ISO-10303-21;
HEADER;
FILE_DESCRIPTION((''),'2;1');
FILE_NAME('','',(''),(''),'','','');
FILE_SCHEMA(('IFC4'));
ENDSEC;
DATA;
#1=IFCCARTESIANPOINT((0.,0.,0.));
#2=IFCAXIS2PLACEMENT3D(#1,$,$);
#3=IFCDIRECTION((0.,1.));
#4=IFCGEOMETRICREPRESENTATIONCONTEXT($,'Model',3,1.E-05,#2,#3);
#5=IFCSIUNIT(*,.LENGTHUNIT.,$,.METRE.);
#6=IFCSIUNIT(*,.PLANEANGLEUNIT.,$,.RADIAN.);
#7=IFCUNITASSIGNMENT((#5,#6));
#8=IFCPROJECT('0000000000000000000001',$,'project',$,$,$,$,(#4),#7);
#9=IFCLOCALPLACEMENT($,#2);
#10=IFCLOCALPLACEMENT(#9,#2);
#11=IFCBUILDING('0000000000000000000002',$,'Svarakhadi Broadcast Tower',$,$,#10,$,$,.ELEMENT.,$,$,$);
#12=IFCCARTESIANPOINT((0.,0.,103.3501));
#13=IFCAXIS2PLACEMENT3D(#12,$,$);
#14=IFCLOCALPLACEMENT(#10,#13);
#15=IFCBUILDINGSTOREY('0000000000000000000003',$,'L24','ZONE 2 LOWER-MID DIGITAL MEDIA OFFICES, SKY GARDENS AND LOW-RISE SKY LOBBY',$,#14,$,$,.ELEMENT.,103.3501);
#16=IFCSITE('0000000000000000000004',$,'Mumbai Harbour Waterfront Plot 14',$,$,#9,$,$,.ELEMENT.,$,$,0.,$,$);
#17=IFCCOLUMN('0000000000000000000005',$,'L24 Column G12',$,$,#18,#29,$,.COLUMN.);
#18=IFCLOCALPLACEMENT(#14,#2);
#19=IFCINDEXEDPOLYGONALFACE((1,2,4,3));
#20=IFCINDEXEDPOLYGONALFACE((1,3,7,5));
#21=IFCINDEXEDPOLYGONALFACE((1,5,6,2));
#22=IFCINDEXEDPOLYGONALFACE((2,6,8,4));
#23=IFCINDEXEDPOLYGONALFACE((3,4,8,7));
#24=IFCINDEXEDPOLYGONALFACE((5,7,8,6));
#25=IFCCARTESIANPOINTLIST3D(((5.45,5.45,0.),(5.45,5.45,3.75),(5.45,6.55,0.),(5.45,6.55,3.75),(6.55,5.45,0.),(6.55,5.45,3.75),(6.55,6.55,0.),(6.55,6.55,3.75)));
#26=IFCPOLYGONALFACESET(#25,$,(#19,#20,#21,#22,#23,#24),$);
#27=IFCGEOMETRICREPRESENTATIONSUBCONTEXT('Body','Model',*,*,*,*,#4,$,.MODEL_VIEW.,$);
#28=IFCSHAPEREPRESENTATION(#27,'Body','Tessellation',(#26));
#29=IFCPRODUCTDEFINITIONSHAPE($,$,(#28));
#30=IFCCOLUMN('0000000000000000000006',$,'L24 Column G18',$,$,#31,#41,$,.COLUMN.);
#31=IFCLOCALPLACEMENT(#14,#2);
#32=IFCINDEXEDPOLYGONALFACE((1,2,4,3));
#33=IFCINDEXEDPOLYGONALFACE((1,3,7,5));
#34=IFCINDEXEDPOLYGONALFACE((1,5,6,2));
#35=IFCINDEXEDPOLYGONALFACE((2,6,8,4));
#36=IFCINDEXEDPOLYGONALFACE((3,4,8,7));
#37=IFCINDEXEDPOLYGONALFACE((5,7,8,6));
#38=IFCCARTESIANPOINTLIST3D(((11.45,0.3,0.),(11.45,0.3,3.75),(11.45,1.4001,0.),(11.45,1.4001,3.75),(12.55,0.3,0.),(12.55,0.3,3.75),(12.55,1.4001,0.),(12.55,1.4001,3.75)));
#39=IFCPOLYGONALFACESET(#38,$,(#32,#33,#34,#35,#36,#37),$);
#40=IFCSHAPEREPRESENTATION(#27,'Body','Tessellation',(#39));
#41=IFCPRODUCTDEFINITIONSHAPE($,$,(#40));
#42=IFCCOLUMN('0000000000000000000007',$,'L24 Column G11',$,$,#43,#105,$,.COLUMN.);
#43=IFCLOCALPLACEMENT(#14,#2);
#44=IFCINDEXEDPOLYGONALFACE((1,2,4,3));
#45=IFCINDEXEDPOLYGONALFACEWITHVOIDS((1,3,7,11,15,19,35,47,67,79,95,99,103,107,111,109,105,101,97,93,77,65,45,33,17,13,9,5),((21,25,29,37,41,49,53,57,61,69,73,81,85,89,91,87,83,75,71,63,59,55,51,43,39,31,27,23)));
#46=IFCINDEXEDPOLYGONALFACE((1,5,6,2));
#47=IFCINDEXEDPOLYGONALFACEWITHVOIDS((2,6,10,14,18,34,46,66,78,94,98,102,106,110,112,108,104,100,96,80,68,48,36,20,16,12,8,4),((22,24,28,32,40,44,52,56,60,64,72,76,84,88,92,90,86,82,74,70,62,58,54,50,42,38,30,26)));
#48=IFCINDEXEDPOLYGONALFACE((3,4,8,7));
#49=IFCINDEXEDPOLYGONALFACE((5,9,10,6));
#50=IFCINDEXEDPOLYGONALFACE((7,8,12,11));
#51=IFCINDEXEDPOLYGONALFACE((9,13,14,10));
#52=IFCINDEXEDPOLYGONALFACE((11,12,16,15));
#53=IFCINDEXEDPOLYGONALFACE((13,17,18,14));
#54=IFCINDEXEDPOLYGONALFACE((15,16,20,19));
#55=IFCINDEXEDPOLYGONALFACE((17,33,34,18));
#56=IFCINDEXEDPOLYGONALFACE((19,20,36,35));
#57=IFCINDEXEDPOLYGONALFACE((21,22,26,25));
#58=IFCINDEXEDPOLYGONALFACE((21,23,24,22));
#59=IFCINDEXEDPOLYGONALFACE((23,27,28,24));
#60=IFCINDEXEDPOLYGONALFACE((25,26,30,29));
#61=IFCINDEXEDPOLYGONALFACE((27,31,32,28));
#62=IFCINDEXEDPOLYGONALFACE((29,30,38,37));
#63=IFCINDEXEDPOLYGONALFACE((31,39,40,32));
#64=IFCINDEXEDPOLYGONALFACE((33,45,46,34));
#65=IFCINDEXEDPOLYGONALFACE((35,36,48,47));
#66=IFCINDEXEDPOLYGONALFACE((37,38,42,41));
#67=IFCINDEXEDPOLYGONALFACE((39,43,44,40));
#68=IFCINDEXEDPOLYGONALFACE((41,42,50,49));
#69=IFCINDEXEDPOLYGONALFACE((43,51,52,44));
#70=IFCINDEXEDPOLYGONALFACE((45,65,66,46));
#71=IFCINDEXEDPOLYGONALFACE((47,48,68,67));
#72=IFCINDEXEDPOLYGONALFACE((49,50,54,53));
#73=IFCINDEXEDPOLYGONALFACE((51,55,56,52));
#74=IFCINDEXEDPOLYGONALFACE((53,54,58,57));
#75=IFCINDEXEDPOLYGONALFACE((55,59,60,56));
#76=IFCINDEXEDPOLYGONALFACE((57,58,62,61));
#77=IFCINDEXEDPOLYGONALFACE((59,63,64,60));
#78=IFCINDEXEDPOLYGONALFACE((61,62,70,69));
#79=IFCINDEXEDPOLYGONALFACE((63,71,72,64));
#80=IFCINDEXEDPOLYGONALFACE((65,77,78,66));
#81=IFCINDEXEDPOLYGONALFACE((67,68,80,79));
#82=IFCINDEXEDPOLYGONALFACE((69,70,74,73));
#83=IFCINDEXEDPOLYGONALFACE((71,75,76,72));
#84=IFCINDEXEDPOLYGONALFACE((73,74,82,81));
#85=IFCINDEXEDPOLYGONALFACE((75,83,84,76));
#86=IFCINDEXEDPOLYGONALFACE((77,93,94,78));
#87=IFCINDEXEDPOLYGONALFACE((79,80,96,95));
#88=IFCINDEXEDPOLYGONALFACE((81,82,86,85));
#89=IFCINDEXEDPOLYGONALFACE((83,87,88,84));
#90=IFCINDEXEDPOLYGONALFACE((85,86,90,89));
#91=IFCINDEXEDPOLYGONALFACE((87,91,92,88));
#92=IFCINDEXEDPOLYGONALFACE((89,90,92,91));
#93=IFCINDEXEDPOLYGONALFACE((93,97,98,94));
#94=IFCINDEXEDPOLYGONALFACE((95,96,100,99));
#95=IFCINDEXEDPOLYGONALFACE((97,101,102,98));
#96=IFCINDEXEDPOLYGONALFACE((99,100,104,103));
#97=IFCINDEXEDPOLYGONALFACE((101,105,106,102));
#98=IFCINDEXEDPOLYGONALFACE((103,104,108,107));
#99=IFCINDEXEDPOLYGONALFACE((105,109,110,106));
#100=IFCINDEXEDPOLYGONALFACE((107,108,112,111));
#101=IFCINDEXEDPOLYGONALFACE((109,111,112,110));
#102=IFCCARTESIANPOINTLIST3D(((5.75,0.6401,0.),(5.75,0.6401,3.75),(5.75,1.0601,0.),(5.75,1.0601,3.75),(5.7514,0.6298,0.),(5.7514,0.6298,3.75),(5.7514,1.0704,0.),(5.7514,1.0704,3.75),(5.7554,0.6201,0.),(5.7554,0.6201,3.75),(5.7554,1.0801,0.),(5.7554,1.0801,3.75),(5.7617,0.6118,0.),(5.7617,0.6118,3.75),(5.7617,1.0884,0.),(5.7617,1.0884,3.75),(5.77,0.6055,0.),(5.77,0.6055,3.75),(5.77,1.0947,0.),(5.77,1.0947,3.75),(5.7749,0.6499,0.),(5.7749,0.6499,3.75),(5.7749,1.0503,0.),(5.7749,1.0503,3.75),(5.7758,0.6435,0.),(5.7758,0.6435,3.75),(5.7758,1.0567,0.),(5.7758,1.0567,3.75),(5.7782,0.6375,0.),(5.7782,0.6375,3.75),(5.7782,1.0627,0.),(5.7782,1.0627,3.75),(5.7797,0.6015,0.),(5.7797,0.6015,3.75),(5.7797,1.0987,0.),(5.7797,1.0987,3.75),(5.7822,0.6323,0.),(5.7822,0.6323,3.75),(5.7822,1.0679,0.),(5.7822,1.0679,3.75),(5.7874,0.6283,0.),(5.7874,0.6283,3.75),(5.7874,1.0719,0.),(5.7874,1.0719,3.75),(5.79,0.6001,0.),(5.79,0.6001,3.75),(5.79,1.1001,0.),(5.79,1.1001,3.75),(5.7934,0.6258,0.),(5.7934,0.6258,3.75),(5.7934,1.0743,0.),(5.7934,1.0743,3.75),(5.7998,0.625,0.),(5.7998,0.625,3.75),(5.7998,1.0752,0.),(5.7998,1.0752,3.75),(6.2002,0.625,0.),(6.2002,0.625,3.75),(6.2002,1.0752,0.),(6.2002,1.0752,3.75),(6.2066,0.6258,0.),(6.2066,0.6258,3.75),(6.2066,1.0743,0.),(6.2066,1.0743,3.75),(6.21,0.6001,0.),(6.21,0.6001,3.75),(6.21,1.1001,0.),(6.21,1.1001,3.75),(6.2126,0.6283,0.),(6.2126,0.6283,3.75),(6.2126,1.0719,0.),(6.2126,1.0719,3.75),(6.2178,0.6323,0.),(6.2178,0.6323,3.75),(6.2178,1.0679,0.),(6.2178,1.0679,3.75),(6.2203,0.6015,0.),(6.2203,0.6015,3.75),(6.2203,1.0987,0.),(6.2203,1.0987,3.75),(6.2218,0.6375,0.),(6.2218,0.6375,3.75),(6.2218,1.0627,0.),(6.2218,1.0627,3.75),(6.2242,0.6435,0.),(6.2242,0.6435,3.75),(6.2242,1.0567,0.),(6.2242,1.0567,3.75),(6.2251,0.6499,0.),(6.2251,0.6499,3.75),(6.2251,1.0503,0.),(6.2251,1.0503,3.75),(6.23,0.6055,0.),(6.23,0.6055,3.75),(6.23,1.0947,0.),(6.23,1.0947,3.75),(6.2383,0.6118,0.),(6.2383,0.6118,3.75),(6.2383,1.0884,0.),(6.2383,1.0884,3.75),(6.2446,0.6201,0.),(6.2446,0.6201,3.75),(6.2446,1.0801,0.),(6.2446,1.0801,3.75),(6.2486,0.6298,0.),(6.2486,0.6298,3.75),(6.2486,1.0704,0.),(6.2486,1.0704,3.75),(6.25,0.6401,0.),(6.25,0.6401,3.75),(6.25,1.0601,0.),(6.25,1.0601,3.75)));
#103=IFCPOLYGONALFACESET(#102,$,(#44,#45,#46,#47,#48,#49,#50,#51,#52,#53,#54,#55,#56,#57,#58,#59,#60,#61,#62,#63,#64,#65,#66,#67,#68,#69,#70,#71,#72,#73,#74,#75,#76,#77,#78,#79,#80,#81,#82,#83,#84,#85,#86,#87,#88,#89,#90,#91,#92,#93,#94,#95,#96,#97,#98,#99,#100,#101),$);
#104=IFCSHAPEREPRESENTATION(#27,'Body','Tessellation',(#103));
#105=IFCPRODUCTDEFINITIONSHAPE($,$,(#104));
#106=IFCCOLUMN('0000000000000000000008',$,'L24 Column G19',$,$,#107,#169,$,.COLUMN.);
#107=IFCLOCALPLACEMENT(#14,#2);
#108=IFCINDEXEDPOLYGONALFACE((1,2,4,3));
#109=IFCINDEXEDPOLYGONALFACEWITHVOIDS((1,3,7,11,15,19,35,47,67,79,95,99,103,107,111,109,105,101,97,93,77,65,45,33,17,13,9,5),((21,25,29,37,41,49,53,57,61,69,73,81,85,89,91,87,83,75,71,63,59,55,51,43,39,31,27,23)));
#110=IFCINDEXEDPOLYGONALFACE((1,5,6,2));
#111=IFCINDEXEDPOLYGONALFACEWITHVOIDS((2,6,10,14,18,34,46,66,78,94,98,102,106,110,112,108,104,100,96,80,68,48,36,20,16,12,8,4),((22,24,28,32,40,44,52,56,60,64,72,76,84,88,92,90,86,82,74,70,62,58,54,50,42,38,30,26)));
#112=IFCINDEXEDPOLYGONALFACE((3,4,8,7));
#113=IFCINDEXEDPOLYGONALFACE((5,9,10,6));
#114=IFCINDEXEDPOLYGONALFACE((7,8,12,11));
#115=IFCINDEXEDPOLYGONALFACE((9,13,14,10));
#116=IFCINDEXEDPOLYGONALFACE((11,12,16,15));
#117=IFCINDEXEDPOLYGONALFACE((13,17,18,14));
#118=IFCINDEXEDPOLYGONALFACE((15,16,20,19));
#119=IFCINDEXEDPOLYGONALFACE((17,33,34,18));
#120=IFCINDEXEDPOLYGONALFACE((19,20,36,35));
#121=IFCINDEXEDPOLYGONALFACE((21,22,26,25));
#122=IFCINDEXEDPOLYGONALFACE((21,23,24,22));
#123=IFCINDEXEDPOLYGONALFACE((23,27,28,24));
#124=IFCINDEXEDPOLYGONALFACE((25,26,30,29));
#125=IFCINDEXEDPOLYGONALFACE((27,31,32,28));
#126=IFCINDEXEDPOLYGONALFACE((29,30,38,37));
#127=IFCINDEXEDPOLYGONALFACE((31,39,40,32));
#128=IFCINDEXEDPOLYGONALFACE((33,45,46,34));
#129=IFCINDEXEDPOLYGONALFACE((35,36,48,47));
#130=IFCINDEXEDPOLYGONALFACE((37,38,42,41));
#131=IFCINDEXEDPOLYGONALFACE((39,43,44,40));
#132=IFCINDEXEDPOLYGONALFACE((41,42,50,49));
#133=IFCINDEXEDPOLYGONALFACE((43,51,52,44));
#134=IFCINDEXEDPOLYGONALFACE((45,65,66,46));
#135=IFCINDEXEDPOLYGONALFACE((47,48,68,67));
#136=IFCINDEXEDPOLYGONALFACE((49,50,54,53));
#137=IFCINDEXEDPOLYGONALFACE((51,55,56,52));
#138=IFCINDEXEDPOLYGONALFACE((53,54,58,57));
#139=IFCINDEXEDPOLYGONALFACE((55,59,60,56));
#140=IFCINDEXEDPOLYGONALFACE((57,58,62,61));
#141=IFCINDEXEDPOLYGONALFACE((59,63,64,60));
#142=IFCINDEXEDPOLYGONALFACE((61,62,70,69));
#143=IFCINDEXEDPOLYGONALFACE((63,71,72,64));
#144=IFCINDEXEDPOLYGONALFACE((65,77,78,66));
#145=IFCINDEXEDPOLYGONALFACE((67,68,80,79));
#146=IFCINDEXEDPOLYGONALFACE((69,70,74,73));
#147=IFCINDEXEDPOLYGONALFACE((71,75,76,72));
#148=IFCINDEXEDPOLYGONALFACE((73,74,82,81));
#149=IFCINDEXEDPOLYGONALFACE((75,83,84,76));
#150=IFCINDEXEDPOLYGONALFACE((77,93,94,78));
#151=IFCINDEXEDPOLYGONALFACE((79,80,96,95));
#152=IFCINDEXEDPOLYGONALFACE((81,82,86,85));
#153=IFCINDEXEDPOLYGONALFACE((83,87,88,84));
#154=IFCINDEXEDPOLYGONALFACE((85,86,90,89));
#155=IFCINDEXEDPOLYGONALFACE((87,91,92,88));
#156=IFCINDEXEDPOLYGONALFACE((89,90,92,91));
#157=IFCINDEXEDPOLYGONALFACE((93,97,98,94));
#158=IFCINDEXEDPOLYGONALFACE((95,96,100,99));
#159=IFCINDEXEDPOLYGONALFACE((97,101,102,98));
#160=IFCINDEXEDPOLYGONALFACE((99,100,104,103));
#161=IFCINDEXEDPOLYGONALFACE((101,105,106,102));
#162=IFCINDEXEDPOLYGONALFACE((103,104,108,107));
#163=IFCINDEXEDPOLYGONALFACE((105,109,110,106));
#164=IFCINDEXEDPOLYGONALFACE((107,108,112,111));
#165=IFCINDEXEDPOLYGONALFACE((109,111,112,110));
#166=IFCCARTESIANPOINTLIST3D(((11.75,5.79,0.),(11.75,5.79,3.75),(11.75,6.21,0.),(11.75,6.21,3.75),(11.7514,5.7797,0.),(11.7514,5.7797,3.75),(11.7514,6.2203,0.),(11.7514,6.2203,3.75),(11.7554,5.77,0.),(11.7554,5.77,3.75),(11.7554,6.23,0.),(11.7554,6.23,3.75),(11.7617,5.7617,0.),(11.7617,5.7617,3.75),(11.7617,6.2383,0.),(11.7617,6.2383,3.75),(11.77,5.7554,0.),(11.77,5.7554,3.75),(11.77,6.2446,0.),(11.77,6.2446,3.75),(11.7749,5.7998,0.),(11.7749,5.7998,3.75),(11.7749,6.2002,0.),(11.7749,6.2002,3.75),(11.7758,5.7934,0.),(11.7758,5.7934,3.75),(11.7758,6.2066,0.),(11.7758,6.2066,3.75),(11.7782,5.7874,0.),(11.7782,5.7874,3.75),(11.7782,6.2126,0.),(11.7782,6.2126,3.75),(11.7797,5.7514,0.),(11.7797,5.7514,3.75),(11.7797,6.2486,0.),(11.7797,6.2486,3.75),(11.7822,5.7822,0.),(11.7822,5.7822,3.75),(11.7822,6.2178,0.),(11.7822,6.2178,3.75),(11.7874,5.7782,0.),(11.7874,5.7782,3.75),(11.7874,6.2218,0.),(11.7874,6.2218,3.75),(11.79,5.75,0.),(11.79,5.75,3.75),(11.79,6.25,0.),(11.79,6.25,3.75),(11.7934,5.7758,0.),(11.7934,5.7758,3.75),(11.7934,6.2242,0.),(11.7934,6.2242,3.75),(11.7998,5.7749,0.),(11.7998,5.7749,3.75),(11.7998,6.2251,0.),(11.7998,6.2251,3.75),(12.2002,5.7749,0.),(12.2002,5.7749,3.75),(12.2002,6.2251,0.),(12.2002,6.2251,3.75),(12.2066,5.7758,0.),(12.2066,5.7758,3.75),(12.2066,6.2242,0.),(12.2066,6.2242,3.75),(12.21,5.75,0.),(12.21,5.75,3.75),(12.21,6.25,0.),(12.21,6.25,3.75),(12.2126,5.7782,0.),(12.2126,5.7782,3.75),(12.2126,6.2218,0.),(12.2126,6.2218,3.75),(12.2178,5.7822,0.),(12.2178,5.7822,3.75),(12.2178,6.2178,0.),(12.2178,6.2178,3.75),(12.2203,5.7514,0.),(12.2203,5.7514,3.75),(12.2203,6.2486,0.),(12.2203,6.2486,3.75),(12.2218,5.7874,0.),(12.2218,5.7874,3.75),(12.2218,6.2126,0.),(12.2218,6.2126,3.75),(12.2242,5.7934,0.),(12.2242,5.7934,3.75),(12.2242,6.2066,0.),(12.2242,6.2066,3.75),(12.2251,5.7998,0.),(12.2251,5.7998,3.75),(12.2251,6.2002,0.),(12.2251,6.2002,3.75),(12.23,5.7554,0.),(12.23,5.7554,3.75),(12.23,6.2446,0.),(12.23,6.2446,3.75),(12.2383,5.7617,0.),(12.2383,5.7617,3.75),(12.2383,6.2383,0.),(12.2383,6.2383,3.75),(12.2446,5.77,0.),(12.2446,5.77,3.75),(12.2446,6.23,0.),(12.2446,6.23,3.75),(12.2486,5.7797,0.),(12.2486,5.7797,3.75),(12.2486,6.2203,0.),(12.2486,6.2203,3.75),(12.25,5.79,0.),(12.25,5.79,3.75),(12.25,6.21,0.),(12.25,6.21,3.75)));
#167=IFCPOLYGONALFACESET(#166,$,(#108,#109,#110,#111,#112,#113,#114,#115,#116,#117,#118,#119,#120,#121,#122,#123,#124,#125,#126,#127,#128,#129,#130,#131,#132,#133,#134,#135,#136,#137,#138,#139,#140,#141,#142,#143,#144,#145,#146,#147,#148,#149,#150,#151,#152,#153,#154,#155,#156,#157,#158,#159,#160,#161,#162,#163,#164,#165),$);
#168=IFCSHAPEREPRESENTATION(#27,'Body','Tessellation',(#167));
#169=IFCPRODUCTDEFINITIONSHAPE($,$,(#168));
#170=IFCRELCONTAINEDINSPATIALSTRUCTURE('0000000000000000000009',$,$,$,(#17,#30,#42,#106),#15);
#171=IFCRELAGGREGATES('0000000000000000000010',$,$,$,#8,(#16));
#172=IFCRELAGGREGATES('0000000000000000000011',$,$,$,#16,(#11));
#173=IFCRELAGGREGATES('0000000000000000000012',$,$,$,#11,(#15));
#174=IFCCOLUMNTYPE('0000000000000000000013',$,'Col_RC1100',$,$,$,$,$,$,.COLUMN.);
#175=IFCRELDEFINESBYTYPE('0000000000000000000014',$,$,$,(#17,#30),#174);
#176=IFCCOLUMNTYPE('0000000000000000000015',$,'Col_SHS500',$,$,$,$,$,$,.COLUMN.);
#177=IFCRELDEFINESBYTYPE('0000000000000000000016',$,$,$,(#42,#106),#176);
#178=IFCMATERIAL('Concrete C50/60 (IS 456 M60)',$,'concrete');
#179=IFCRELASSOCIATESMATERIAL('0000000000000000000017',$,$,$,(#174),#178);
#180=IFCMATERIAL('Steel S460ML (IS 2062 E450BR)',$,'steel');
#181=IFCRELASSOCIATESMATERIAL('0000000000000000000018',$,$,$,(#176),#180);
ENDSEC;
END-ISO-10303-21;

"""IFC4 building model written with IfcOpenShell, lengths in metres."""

from ifc_helpers import new_model, si_unit, direction, frame, origin, origin_2d, place, context, subcontext, project, spatial, rectangle, hollow_rectangle, extrude, material, material_profile, profile_set, type_object, element, save


model = new_model("IFC4")

# Units and contexts
model_context = context("Model", 3, precision=1e-05, world=origin(), true_north=direction((0.0, 1.0)))
body_context = subcontext(model_context, "Body", "Model", "MODEL_VIEW")
ifc_project = project(units=[si_unit("LENGTHUNIT", "METRE"), si_unit("PLANEANGLEUNIT", "RADIAN")], contexts=[model_context])

# Site, building, storey
site_placement = place(None, origin())
site = spatial("IfcSite", under=ifc_project, at=site_placement, Name="Mumbai Harbour Waterfront Plot 14", CompositionType="ELEMENT", RefElevation=0.0)
building_placement = place(site_placement, origin())
building = spatial("IfcBuilding", under=site, at=building_placement, Name="Svarakhadi Broadcast Tower", CompositionType="ELEMENT")
storey_placement = place(building_placement, frame((0.0, 0.0, 103.3501)))
storey = spatial("IfcBuildingStorey", under=building, at=storey_placement, Name="L24", Description="ZONE 2 LOWER-MID DIGITAL MEDIA OFFICES, SKY GARDENS AND LOW-RISE SKY LOBBY", CompositionType="ELEMENT", Elevation=103.3501)

# Columns
ifc_material_1 = material(Name="Concrete C50/60 (IS 456 M60)", Category="concrete")
ifc_material_profile_1 = material_profile(ifc_material_1, rectangle(XDim=1.1001, YDim=1.1001, at=origin_2d()), Name="RC 1100x1100")
ifc_profile_set_1 = profile_set([ifc_material_profile_1], Name="Concrete C50/60 (IS 456 M60)")
column_type_1 = type_object("IfcColumnType", Name="Col_RC1100", PredefinedType="COLUMN", material=ifc_profile_set_1)
for number, where, z_axis, x_axis, name in (
    (1, (6.0, 6.0, 0.0), (0.0, 0.0, 1.0), (1.0, 0.0, 0.0), "L24 Column G12"),
    (2, (12.0, 0.8501, 0.0), (0.0, 0.0, 1.0), (1.0, 0.0, 0.0), "L24 Column G18"),
):
    element("IfcColumn", number, at=place(storey_placement, frame(where, z_axis=z_axis, x_axis=x_axis)), inside=storey, type_object=column_type_1, Name=name, PredefinedType="COLUMN", context=body_context, shape_type="SweptSolid", body=[
        extrude(rectangle(XDim=1.1001, YDim=1.1001, at=origin_2d()), origin(), (0.0, 0.0, 1.0), 3.75),
    ])
ifc_material_2 = material(Name="Steel S460ML (IS 2062 E450BR)", Category="steel")
ifc_material_profile_2 = material_profile(ifc_material_2, hollow_rectangle(XDim=0.5, YDim=0.5, WallThickness=0.0249, InnerFilletRadius=0.0249, OuterFilletRadius=0.04, at=origin_2d()), Name="SHS 500x500x25")
ifc_profile_set_2 = profile_set([ifc_material_profile_2], Name="Steel S460ML (IS 2062 E450BR)")
column_type_2 = type_object("IfcColumnType", Name="Col_SHS500", PredefinedType="COLUMN", material=ifc_profile_set_2)
for number, where, z_axis, x_axis, name in (
    (3, (6.0, 0.8501, 0.0), (0.0, 0.0, 1.0), (1.0, 0.0, 0.0), "L24 Column G11"),
    (4, (12.0, 6.0, 0.0), (0.0, 0.0, 1.0), (1.0, 0.0, 0.0), "L24 Column G19"),
):
    element("IfcColumn", number, at=place(storey_placement, frame(where, z_axis=z_axis, x_axis=x_axis)), inside=storey, type_object=column_type_2, Name=name, PredefinedType="COLUMN", context=body_context, shape_type="SweptSolid", body=[
        extrude(hollow_rectangle(XDim=0.5, YDim=0.5, WallThickness=0.0249, InnerFilletRadius=0.0249, OuterFilletRadius=0.04, at=origin_2d()), origin(), (0.0, 0.0, 1.0), 3.75),
    ])

save(model, "model.ifc")
